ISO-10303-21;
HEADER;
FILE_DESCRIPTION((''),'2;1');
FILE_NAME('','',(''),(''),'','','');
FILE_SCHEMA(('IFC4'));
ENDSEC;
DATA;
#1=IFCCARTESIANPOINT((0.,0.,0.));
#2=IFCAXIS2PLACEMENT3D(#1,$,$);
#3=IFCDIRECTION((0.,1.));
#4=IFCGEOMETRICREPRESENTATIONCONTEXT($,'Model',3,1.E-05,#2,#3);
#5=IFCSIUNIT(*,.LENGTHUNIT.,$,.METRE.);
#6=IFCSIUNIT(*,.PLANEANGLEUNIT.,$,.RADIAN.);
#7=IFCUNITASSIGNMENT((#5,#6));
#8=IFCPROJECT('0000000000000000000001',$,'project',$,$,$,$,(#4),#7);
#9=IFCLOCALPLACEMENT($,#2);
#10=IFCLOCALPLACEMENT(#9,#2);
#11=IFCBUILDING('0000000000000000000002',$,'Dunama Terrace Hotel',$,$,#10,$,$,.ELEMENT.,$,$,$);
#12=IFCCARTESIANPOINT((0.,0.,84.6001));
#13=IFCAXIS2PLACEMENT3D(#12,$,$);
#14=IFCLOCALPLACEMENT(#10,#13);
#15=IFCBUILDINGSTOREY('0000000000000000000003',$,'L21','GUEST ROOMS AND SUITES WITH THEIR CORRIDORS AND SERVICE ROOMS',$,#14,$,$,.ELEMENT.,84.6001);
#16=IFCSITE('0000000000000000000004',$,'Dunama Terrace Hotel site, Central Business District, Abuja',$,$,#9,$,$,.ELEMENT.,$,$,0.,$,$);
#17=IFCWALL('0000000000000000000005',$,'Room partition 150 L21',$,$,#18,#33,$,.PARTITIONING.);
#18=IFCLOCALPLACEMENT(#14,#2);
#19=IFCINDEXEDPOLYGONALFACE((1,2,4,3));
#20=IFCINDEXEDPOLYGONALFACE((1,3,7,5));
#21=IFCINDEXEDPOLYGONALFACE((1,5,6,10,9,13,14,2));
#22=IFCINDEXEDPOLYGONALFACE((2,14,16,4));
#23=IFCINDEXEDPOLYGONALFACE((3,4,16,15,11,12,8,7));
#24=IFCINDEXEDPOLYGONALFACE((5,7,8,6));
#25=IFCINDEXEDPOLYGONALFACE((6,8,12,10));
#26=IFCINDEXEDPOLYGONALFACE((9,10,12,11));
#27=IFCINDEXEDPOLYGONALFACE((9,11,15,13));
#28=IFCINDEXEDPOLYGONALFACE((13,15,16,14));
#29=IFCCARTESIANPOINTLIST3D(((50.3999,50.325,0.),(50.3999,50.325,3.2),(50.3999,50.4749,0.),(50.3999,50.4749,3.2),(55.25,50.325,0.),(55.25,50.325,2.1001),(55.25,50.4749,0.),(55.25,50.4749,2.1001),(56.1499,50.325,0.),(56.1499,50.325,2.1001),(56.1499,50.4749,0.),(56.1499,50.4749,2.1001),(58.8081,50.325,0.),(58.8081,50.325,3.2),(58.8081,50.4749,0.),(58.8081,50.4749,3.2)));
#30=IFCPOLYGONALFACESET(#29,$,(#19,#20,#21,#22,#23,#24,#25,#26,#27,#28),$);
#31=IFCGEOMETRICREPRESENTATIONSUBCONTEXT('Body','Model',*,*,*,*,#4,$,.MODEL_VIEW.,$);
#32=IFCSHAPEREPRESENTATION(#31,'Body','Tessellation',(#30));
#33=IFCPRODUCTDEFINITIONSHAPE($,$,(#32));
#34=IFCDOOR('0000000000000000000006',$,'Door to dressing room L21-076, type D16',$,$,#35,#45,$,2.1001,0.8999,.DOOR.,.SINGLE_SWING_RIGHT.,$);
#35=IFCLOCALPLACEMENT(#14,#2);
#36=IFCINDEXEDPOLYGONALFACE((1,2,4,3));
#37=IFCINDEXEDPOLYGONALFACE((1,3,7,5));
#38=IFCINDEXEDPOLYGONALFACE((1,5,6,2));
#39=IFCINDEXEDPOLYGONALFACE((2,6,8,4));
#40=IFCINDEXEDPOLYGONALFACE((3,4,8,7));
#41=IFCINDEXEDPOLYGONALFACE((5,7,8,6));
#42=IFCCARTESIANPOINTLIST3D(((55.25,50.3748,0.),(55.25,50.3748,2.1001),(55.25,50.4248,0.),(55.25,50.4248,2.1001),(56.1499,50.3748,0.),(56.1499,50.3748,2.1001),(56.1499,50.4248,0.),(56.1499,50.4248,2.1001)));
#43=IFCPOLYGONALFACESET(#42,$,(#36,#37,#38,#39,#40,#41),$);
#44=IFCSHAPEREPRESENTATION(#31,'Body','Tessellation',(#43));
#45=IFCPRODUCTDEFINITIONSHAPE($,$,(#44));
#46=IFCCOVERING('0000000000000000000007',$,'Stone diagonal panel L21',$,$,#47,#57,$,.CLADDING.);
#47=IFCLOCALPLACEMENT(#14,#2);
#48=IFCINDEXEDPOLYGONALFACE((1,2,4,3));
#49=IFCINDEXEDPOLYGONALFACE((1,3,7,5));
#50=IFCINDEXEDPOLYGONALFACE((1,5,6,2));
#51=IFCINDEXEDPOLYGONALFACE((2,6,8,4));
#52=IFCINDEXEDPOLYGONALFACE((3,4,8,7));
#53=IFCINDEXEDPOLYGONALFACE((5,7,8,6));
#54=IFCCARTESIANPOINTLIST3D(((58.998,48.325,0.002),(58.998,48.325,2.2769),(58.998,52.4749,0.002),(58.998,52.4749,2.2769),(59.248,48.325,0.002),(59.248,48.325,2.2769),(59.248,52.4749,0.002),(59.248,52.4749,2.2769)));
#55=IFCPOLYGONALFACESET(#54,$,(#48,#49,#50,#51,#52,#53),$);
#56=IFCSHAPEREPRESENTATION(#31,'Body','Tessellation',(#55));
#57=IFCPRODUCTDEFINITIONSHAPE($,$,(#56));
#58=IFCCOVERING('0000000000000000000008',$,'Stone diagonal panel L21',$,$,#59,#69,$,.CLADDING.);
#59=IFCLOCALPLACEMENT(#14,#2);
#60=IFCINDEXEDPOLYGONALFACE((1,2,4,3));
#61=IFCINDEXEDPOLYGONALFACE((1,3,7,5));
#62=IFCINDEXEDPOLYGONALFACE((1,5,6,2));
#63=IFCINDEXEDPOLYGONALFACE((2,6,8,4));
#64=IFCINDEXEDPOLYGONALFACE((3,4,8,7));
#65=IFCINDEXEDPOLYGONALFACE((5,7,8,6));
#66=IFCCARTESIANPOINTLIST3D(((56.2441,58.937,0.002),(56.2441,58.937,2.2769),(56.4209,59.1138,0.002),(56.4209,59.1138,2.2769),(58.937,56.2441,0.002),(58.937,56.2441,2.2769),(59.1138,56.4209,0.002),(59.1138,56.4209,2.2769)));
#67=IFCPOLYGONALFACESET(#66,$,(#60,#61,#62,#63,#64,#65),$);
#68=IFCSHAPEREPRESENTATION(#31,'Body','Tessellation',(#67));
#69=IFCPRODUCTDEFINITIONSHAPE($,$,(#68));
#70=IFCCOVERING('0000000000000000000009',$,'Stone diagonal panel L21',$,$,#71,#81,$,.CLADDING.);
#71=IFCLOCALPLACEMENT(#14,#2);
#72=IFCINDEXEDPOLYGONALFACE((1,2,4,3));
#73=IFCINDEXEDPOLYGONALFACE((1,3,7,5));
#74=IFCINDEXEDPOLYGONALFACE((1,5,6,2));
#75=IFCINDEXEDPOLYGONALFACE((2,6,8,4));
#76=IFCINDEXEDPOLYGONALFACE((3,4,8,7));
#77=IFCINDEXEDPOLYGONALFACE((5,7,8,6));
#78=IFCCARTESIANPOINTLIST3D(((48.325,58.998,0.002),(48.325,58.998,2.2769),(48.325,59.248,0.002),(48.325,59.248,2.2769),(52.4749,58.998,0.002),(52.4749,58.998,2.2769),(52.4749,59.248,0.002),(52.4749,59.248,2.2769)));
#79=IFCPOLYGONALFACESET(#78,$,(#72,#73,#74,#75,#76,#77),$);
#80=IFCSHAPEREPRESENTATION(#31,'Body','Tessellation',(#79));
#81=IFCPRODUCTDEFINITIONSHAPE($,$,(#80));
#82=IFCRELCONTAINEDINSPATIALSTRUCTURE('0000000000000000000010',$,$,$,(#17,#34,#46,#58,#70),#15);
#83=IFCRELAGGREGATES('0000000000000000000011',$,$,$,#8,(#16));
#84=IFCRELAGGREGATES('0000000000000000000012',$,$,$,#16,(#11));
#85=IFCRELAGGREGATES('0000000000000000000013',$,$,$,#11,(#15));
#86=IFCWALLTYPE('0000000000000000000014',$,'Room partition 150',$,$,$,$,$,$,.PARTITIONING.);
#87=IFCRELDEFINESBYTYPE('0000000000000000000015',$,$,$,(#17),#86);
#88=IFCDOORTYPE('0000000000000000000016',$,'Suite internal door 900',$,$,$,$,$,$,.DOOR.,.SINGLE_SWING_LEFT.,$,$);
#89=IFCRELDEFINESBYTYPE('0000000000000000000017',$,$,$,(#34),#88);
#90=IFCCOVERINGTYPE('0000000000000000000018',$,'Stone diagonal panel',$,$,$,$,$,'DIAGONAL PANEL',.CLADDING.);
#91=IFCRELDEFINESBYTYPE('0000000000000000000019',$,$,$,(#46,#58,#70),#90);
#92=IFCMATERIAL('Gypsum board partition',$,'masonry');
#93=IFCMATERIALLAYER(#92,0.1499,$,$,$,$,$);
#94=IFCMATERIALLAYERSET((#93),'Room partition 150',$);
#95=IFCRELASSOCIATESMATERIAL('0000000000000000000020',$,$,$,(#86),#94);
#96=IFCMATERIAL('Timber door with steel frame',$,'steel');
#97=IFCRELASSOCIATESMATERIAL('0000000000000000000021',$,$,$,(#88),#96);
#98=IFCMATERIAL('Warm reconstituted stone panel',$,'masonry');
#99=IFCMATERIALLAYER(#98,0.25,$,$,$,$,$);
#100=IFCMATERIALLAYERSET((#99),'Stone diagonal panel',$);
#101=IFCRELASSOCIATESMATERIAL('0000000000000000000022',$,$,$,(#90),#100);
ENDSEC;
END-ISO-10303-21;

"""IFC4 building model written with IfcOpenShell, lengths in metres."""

from ifc_helpers import new_model, si_unit, direction, frame, frame_2d, origin, origin_2d, place, context, subcontext, project, spatial, rectangle, extrude, material, layer, layer_set, type_object, element, fill, save


model = new_model("IFC4")

# Units and contexts
model_context = context("Model", 3, precision=1e-05, world=origin(), true_north=direction((0.0, 1.0)))
body_context = subcontext(model_context, "Body", "Model", "MODEL_VIEW")
ifc_project = project(units=[si_unit("LENGTHUNIT", "METRE"), si_unit("PLANEANGLEUNIT", "RADIAN")], contexts=[model_context])

# Site, building, storey
site_placement = place(None, origin())
site = spatial("IfcSite", under=ifc_project, at=site_placement, Name="Dunama Terrace Hotel site, Central Business District, Abuja", CompositionType="ELEMENT", RefElevation=0.0)
building_placement = place(site_placement, origin())
building = spatial("IfcBuilding", under=site, at=building_placement, Name="Dunama Terrace Hotel", CompositionType="ELEMENT")
storey_placement = place(building_placement, frame((0.0, 0.0, 84.6001)))
storey = spatial("IfcBuildingStorey", under=building, at=storey_placement, Name="L21", Description="GUEST ROOMS AND SUITES WITH THEIR CORRIDORS AND SERVICE ROOMS", CompositionType="ELEMENT", Elevation=84.6001)

# Shared definitions
ifc_material_1 = material(Name="Gypsum board partition", Category="masonry")
ifc_layer_1 = layer(ifc_material_1, 0.1499)
ifc_layer_set_1 = layer_set([ifc_layer_1], Name="Room partition 150")
wall_type_1 = type_object("IfcWallType", Name="Room partition 150", PredefinedType="PARTITIONING", material=ifc_layer_set_1)

# Wall, opening, door
wall_1_placement = place(storey_placement, frame((50.3999, 50.3999, 0.0), z_axis=(0.0, 0.0, 1.0), x_axis=(1.0, 0.0, 0.0)))
wall_1 = element("IfcWall", 1, at=wall_1_placement, inside=storey, type_object=wall_type_1, Name="Room partition 150 L21", PredefinedType="PARTITIONING", context=body_context, shape_type="SweptSolid", body=[
    extrude(rectangle(XDim=8.4082, YDim=0.1499, at=frame_2d((4.2041, 0.0))), origin(), (0.0, 0.0, 1.0), 3.2),
])
opening_1_placement = place(wall_1_placement, frame((4.8501, 0.0, 0.0)))
opening_1 = element("IfcOpeningElement", 2, at=opening_1_placement, cuts=wall_1, PredefinedType="OPENING", context=body_context, shape_type="SweptSolid", body=[
    extrude(rectangle(XDim=0.8999, YDim=2.1001, at=frame_2d((0.45, 1.05))), frame((0.0, 0.085, 0.0), z_axis=(0.0, -1.0, 0.0), x_axis=(1.0, 0.0, 0.0)), (0.0, 0.0, 1.0), 0.1699),
])
ifc_material_2 = material(Name="Timber door with steel frame", Category="steel")
door_type_1 = type_object("IfcDoorType", Name="Suite internal door 900", OperationType="SINGLE_SWING_LEFT", PredefinedType="DOOR", material=ifc_material_2)
door_1_placement = place(opening_1_placement, frame((0.8999, 0.0, 0.0), z_axis=(0.0, 0.0, 1.0), x_axis=(-1.0, 0.0, 0.0)))
door_1 = element("IfcDoor", 3, at=door_1_placement, inside=storey, type_object=door_type_1, Name="Door to dressing room L21-076, type D16", OperationType="SINGLE_SWING_RIGHT", OverallHeight=2.1001, OverallWidth=0.8999, PredefinedType="DOOR", context=body_context, shape_type="SweptSolid", body=[
    extrude(rectangle(XDim=0.8999, YDim=2.1001, at=frame_2d((0.45, 1.05))), frame((0.0, 0.0251, 0.0), z_axis=(0.0, -1.0, 0.0), x_axis=(1.0, 0.0, 0.0)), (0.0, 0.0, 1.0), 0.05),
])
fill(opening_1, door_1)

# Coverings
ifc_material_3 = material(Name="Warm reconstituted stone panel", Category="masonry")
ifc_layer_2 = layer(ifc_material_3, 0.25)
ifc_layer_set_2 = layer_set([ifc_layer_2], Name="Stone diagonal panel")
covering_type = type_object("IfcCoveringType", Name="Stone diagonal panel", ElementType="DIAGONAL PANEL", PredefinedType="CLADDING", material=ifc_layer_set_2)
covering_1_placement = place(storey_placement, frame((59.123, 50.3999, 0.002), z_axis=(0.0, 0.0, 1.0), x_axis=(0.0, 1.0, 0.0)))
element("IfcCovering", 4, at=covering_1_placement, inside=storey, type_object=covering_type, Name="Stone diagonal panel L21", PredefinedType="CLADDING", context=body_context, shape_type="SweptSolid", body=[
    extrude(rectangle(XDim=4.1499, YDim=0.25, at=origin_2d()), origin(), (0.0, 0.0, 1.0), 2.2749),
])
covering_2_placement = place(storey_placement, frame((57.679, 57.679, 0.002), z_axis=(0.0, 0.0, 1.0), x_axis=(-0.707107, 0.707107, 0.0)))
element("IfcCovering", 5, at=covering_2_placement, inside=storey, type_object=covering_type, Name="Stone diagonal panel L21", PredefinedType="CLADDING", context=body_context, shape_type="SweptSolid", body=[
    extrude(rectangle(XDim=3.8083, YDim=0.25, at=origin_2d()), origin(), (0.0, 0.0, 1.0), 2.2749),
])
covering_3_placement = place(storey_placement, frame((50.3999, 59.123, 0.002), z_axis=(0.0, 0.0, 1.0), x_axis=(-1.0, 0.0, 0.0)))
element("IfcCovering", 6, at=covering_3_placement, inside=storey, type_object=covering_type, Name="Stone diagonal panel L21", PredefinedType="CLADDING", context=body_context, shape_type="SweptSolid", body=[
    extrude(rectangle(XDim=4.1499, YDim=0.25, at=origin_2d()), origin(), (0.0, 0.0, 1.0), 2.2749),
])

save(model, "model.ifc")
